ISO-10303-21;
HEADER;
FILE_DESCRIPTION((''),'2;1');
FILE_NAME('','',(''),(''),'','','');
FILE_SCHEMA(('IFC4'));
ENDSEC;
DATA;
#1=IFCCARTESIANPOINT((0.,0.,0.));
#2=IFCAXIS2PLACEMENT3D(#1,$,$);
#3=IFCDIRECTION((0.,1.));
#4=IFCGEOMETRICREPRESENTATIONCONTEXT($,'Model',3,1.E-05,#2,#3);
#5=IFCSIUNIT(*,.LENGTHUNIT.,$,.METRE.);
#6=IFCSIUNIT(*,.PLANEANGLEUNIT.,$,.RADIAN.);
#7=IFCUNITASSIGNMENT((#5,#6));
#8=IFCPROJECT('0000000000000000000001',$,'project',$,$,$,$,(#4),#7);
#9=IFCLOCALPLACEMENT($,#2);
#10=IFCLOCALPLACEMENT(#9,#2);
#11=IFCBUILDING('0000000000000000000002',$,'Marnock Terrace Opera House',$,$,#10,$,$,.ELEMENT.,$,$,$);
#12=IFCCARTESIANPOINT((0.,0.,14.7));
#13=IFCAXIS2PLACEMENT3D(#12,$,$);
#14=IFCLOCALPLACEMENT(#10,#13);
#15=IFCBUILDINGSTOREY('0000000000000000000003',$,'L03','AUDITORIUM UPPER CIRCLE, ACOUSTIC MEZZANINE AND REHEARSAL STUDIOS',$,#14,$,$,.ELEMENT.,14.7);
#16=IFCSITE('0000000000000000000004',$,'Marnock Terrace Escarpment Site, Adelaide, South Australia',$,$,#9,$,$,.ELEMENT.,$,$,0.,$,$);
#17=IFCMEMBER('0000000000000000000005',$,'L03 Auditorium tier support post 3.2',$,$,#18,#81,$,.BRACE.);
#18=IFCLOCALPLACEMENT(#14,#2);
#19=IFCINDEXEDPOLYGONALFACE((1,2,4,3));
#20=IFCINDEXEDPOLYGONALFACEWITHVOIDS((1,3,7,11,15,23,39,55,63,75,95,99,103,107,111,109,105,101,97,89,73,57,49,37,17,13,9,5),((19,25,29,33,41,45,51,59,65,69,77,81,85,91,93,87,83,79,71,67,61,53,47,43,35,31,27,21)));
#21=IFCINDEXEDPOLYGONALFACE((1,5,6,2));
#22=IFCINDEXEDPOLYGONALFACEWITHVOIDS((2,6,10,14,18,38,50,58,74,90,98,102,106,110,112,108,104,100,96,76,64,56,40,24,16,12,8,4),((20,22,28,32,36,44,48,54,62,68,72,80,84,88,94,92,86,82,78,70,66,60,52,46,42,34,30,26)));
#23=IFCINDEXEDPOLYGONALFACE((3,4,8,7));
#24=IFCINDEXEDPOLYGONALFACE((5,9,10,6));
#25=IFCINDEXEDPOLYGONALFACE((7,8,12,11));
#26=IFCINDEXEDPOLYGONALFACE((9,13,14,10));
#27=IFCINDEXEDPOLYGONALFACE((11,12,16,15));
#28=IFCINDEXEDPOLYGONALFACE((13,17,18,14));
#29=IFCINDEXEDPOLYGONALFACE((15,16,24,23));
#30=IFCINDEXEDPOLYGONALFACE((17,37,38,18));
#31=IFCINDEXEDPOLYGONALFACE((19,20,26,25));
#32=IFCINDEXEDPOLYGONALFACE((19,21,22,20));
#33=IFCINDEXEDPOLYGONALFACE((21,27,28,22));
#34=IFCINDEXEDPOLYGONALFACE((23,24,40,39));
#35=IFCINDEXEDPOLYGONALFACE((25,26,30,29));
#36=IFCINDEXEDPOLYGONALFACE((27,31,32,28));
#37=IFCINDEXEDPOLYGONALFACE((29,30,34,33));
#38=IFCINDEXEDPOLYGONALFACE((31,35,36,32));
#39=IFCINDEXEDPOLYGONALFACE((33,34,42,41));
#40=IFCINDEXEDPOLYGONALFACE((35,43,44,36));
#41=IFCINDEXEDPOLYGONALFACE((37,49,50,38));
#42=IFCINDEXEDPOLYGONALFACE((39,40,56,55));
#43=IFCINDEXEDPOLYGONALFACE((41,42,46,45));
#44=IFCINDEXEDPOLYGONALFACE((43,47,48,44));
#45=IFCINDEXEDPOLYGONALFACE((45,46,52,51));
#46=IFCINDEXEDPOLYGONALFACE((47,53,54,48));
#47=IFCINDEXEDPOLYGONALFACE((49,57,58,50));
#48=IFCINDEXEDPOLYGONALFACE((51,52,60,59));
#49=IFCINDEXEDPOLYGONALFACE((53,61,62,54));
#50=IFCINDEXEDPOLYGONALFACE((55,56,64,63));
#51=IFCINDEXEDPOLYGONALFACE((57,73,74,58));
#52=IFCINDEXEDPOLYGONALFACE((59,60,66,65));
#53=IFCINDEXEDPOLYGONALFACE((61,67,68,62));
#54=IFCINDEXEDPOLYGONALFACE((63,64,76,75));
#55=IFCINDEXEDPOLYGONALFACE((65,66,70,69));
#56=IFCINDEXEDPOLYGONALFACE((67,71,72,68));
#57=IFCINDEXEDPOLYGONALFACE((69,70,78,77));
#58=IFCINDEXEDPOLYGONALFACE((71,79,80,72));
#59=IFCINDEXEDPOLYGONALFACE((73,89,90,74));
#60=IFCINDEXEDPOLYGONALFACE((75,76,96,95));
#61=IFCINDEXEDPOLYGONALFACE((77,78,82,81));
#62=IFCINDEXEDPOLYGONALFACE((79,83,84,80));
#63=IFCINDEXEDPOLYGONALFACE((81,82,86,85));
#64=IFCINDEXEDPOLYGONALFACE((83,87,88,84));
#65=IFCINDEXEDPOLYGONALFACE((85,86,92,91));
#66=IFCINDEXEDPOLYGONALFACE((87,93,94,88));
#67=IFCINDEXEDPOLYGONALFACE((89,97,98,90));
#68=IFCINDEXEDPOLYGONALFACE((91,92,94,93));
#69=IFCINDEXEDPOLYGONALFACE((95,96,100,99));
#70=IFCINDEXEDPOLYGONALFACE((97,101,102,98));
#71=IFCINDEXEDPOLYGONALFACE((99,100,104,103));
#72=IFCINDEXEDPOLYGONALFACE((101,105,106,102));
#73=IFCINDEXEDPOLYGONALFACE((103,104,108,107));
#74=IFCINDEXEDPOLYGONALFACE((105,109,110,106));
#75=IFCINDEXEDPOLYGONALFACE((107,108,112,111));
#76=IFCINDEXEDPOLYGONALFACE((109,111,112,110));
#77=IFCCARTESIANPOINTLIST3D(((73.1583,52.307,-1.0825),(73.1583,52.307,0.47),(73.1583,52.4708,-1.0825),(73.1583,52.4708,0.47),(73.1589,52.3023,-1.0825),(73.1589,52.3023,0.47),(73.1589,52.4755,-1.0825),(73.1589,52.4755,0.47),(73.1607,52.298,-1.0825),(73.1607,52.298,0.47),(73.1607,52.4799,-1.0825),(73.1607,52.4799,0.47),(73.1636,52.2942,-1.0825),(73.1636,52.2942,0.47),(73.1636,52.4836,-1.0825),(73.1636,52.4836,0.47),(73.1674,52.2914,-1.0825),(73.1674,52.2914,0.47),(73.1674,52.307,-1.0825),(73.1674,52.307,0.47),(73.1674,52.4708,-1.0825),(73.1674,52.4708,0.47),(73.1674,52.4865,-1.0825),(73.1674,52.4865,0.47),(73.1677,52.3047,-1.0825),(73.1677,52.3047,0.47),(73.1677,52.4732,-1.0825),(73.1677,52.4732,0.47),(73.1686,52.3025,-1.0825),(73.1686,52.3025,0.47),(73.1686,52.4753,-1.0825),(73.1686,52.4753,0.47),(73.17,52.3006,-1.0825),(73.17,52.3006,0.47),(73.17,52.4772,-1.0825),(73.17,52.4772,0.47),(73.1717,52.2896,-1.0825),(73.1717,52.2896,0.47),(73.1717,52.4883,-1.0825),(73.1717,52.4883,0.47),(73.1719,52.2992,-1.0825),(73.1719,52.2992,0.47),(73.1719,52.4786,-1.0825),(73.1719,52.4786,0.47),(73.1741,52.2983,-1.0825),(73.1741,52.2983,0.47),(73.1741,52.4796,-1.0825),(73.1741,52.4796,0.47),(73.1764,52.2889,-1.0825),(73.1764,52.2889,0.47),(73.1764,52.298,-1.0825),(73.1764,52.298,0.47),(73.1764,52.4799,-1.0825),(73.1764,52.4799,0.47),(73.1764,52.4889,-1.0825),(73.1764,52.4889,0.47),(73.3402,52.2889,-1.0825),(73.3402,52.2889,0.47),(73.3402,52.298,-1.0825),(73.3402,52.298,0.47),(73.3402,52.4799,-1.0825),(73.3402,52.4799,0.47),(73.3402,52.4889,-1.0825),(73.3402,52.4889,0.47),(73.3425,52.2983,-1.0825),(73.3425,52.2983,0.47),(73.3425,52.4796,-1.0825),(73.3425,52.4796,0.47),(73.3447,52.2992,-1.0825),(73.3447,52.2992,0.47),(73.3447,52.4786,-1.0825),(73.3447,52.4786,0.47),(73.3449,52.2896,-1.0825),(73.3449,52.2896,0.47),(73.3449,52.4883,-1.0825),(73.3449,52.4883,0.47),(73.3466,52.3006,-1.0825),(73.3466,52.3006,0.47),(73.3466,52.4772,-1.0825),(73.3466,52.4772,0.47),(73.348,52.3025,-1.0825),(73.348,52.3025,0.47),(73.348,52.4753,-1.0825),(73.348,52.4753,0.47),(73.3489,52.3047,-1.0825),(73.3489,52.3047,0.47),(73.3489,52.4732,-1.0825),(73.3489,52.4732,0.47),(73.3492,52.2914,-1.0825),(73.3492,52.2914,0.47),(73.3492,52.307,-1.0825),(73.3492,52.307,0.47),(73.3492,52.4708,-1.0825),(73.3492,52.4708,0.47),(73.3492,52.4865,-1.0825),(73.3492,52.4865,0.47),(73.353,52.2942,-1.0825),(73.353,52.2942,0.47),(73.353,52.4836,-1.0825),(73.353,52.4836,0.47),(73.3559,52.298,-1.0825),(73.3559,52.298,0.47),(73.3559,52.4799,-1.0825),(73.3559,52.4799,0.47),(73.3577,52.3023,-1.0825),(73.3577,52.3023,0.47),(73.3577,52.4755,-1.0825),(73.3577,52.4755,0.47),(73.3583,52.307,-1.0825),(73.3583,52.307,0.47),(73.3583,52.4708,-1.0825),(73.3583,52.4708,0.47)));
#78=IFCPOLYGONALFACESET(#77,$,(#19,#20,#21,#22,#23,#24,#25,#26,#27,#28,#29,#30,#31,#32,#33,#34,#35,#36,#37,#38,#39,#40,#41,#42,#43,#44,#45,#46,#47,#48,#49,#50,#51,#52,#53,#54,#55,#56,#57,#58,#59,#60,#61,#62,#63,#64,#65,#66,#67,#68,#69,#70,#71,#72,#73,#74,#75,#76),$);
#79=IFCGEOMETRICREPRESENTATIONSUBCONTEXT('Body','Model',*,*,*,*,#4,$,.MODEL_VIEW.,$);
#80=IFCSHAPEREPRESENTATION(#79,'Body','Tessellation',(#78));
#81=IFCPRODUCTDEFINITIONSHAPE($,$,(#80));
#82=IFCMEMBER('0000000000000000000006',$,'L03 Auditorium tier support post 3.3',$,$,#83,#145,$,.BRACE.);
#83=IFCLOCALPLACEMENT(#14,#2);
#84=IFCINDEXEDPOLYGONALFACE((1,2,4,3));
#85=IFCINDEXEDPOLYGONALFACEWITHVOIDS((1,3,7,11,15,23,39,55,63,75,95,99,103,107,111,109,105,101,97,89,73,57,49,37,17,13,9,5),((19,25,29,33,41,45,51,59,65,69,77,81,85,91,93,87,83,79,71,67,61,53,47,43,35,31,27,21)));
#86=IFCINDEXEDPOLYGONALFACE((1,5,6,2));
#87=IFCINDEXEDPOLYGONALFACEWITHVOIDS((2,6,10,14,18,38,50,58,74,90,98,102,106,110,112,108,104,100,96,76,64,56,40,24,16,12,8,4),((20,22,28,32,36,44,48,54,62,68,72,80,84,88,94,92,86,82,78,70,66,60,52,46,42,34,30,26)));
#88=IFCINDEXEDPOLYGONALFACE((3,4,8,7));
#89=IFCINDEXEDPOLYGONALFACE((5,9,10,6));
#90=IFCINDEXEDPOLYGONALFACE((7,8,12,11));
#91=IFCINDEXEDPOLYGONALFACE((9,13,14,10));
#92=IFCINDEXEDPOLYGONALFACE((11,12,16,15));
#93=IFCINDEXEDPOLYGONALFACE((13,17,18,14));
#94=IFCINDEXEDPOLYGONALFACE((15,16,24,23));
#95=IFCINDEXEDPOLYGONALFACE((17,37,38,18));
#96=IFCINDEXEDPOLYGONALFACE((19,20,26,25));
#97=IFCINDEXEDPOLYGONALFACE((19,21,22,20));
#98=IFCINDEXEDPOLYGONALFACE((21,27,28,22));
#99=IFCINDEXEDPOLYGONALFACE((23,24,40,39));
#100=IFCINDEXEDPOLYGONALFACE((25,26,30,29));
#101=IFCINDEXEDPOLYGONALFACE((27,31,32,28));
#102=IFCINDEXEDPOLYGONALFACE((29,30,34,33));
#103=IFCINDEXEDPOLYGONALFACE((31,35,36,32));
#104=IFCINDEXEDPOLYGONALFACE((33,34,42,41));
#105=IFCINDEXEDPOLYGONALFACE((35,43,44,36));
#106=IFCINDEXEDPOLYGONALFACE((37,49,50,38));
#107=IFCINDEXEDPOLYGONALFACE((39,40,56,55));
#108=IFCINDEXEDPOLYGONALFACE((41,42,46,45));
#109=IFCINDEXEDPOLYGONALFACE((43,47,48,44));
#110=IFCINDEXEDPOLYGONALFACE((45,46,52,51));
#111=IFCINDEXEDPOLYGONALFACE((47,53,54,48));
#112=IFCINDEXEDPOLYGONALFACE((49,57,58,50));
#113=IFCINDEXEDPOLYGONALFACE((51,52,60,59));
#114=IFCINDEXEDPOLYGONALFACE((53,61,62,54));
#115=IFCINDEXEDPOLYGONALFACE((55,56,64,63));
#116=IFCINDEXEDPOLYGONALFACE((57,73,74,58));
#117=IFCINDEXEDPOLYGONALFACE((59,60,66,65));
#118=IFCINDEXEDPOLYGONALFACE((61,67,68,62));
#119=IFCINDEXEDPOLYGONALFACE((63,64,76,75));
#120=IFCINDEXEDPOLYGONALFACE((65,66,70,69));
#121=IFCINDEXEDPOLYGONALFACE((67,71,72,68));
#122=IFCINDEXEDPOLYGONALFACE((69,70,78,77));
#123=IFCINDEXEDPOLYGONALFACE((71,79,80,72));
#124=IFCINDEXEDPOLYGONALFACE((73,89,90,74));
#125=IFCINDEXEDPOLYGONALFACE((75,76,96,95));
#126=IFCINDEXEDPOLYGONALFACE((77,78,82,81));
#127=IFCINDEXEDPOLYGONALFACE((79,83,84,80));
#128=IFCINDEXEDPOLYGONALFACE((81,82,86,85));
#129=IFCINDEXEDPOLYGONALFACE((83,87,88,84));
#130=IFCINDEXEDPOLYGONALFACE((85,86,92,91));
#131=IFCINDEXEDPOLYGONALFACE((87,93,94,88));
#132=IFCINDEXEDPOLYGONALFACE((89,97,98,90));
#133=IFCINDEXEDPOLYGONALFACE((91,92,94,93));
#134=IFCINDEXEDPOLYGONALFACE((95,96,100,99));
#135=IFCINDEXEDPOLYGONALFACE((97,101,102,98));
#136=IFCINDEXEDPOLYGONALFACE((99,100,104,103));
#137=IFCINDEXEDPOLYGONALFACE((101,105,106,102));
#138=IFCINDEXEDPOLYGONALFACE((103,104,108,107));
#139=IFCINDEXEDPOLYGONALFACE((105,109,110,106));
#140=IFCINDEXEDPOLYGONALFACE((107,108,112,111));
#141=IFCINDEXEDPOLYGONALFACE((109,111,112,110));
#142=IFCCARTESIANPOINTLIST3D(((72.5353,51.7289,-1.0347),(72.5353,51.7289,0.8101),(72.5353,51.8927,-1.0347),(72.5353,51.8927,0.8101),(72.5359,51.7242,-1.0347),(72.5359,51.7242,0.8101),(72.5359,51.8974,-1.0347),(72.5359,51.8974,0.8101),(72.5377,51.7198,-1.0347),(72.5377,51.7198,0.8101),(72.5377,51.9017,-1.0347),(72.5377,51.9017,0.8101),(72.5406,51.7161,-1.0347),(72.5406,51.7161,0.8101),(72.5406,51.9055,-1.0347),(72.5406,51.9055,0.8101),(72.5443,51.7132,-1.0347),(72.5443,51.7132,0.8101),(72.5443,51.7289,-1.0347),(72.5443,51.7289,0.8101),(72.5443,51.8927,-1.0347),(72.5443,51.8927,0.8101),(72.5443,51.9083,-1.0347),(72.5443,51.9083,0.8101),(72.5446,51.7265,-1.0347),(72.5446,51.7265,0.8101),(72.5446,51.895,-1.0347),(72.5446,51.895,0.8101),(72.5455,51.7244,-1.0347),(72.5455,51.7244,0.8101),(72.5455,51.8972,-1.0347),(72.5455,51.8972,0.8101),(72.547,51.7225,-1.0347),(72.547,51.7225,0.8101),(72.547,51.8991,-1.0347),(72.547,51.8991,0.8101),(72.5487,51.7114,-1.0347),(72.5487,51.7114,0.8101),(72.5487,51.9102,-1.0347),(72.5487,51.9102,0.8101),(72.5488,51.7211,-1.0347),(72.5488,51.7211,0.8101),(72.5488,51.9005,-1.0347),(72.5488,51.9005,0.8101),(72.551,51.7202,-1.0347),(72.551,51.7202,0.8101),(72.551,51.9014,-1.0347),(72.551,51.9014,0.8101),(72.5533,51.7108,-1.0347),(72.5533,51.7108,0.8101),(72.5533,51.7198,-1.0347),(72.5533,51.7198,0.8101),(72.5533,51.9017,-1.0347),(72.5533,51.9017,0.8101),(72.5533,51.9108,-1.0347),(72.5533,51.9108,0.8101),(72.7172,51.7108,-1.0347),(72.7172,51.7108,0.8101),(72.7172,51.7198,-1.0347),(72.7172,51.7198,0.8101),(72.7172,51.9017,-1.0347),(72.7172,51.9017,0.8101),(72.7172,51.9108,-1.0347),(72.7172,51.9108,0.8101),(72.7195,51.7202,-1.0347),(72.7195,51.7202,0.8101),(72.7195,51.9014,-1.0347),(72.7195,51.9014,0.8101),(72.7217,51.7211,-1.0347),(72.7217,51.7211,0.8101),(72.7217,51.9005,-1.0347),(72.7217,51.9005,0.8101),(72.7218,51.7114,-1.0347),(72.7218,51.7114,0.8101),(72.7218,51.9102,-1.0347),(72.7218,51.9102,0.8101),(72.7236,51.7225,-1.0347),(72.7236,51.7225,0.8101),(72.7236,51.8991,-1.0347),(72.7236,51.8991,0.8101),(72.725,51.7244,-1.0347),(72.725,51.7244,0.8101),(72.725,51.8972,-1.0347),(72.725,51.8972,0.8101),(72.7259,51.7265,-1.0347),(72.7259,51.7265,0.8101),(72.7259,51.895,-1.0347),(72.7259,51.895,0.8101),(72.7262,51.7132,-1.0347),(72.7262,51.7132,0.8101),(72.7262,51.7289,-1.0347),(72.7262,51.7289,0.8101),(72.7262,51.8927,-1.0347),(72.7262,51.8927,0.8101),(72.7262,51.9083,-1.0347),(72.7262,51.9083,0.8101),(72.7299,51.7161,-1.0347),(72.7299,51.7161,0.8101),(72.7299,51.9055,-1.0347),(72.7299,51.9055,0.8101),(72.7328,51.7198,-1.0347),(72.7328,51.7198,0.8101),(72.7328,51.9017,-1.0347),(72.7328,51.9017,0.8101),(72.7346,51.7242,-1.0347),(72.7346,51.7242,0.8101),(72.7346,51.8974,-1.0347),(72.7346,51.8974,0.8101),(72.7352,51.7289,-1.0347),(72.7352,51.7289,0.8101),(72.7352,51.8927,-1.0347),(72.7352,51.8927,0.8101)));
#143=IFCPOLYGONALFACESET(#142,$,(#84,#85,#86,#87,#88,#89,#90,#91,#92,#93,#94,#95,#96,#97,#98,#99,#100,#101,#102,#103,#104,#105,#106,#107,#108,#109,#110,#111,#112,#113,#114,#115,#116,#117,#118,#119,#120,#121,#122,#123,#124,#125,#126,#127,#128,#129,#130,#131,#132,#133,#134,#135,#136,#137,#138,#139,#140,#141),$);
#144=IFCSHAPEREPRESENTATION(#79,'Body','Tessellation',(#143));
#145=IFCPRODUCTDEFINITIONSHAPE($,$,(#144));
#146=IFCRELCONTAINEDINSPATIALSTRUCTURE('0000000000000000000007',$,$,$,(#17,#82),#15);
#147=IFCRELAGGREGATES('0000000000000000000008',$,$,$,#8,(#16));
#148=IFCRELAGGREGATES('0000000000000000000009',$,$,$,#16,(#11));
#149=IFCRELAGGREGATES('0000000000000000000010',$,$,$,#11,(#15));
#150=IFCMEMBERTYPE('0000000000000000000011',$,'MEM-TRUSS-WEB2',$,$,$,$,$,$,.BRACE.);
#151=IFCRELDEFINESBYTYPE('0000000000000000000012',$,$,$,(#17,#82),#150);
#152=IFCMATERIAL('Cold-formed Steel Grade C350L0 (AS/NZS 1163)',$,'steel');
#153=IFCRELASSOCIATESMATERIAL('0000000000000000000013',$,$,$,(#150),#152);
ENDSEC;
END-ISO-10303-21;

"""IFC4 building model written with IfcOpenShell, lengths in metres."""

from ifc_helpers import new_model, si_unit, direction, frame, origin, origin_2d, place, context, subcontext, project, spatial, hollow_rectangle, extrude, material, material_profile, profile_set, type_object, element, save


model = new_model("IFC4")

# Units and contexts
model_context = context("Model", 3, precision=1e-05, world=origin(), true_north=direction((0.0, 1.0)))
body_context = subcontext(model_context, "Body", "Model", "MODEL_VIEW")
ifc_project = project(units=[si_unit("LENGTHUNIT", "METRE"), si_unit("PLANEANGLEUNIT", "RADIAN")], contexts=[model_context])

# Site, building, storey
site_placement = place(None, origin())
site = spatial("IfcSite", under=ifc_project, at=site_placement, Name="Marnock Terrace Escarpment Site, Adelaide, South Australia", CompositionType="ELEMENT", RefElevation=0.0)
building_placement = place(site_placement, origin())
building = spatial("IfcBuilding", under=site, at=building_placement, Name="Marnock Terrace Opera House", CompositionType="ELEMENT")
storey_placement = place(building_placement, frame((0.0, 0.0, 14.7)))
storey = spatial("IfcBuildingStorey", under=building, at=storey_placement, Name="L03", Description="AUDITORIUM UPPER CIRCLE, ACOUSTIC MEZZANINE AND REHEARSAL STUDIOS", CompositionType="ELEMENT", Elevation=14.7)

# Members
ifc_material_1 = material(Name="Cold-formed Steel Grade C350L0 (AS/NZS 1163)", Category="steel")
ifc_material_profile_1 = material_profile(ifc_material_1, hollow_rectangle(XDim=0.2, YDim=0.2, WallThickness=0.009, InnerFilletRadius=0.009, OuterFilletRadius=0.0181, at=origin_2d()))
ifc_profile_set_1 = profile_set([ifc_material_profile_1], Name="Cold-formed Steel Grade C350L0 (AS/NZS 1163)")
member_type = type_object("IfcMemberType", Name="MEM-TRUSS-WEB2", PredefinedType="BRACE", material=ifc_profile_set_1)
member_1_placement = place(storey_placement, frame((73.2583, 52.3889, -1.0825), z_axis=(0.0, 0.0, 1.0), x_axis=(1.0, 0.0, 0.0)))
element("IfcMember", 1, at=member_1_placement, inside=storey, type_object=member_type, Name="L03 Auditorium tier support post 3.2", PredefinedType="BRACE", context=body_context, shape_type="SweptSolid", body=[
    extrude(hollow_rectangle(XDim=0.2, YDim=0.2, WallThickness=0.009, InnerFilletRadius=0.009, OuterFilletRadius=0.0181, at=origin_2d()), origin(), (0.0, 0.0, 1.0), 1.5525),
])
member_2_placement = place(storey_placement, frame((72.6353, 51.8108, -1.0347), z_axis=(0.0, 0.0, 1.0), x_axis=(1.0, 0.0, 0.0)))
element("IfcMember", 2, at=member_2_placement, inside=storey, type_object=member_type, Name="L03 Auditorium tier support post 3.3", PredefinedType="BRACE", context=body_context, shape_type="SweptSolid", body=[
    extrude(hollow_rectangle(XDim=0.2, YDim=0.2, WallThickness=0.009, InnerFilletRadius=0.009, OuterFilletRadius=0.0181, at=origin_2d()), origin(), (0.0, 0.0, 1.0), 1.8447),
])

save(model, "model.ifc")
